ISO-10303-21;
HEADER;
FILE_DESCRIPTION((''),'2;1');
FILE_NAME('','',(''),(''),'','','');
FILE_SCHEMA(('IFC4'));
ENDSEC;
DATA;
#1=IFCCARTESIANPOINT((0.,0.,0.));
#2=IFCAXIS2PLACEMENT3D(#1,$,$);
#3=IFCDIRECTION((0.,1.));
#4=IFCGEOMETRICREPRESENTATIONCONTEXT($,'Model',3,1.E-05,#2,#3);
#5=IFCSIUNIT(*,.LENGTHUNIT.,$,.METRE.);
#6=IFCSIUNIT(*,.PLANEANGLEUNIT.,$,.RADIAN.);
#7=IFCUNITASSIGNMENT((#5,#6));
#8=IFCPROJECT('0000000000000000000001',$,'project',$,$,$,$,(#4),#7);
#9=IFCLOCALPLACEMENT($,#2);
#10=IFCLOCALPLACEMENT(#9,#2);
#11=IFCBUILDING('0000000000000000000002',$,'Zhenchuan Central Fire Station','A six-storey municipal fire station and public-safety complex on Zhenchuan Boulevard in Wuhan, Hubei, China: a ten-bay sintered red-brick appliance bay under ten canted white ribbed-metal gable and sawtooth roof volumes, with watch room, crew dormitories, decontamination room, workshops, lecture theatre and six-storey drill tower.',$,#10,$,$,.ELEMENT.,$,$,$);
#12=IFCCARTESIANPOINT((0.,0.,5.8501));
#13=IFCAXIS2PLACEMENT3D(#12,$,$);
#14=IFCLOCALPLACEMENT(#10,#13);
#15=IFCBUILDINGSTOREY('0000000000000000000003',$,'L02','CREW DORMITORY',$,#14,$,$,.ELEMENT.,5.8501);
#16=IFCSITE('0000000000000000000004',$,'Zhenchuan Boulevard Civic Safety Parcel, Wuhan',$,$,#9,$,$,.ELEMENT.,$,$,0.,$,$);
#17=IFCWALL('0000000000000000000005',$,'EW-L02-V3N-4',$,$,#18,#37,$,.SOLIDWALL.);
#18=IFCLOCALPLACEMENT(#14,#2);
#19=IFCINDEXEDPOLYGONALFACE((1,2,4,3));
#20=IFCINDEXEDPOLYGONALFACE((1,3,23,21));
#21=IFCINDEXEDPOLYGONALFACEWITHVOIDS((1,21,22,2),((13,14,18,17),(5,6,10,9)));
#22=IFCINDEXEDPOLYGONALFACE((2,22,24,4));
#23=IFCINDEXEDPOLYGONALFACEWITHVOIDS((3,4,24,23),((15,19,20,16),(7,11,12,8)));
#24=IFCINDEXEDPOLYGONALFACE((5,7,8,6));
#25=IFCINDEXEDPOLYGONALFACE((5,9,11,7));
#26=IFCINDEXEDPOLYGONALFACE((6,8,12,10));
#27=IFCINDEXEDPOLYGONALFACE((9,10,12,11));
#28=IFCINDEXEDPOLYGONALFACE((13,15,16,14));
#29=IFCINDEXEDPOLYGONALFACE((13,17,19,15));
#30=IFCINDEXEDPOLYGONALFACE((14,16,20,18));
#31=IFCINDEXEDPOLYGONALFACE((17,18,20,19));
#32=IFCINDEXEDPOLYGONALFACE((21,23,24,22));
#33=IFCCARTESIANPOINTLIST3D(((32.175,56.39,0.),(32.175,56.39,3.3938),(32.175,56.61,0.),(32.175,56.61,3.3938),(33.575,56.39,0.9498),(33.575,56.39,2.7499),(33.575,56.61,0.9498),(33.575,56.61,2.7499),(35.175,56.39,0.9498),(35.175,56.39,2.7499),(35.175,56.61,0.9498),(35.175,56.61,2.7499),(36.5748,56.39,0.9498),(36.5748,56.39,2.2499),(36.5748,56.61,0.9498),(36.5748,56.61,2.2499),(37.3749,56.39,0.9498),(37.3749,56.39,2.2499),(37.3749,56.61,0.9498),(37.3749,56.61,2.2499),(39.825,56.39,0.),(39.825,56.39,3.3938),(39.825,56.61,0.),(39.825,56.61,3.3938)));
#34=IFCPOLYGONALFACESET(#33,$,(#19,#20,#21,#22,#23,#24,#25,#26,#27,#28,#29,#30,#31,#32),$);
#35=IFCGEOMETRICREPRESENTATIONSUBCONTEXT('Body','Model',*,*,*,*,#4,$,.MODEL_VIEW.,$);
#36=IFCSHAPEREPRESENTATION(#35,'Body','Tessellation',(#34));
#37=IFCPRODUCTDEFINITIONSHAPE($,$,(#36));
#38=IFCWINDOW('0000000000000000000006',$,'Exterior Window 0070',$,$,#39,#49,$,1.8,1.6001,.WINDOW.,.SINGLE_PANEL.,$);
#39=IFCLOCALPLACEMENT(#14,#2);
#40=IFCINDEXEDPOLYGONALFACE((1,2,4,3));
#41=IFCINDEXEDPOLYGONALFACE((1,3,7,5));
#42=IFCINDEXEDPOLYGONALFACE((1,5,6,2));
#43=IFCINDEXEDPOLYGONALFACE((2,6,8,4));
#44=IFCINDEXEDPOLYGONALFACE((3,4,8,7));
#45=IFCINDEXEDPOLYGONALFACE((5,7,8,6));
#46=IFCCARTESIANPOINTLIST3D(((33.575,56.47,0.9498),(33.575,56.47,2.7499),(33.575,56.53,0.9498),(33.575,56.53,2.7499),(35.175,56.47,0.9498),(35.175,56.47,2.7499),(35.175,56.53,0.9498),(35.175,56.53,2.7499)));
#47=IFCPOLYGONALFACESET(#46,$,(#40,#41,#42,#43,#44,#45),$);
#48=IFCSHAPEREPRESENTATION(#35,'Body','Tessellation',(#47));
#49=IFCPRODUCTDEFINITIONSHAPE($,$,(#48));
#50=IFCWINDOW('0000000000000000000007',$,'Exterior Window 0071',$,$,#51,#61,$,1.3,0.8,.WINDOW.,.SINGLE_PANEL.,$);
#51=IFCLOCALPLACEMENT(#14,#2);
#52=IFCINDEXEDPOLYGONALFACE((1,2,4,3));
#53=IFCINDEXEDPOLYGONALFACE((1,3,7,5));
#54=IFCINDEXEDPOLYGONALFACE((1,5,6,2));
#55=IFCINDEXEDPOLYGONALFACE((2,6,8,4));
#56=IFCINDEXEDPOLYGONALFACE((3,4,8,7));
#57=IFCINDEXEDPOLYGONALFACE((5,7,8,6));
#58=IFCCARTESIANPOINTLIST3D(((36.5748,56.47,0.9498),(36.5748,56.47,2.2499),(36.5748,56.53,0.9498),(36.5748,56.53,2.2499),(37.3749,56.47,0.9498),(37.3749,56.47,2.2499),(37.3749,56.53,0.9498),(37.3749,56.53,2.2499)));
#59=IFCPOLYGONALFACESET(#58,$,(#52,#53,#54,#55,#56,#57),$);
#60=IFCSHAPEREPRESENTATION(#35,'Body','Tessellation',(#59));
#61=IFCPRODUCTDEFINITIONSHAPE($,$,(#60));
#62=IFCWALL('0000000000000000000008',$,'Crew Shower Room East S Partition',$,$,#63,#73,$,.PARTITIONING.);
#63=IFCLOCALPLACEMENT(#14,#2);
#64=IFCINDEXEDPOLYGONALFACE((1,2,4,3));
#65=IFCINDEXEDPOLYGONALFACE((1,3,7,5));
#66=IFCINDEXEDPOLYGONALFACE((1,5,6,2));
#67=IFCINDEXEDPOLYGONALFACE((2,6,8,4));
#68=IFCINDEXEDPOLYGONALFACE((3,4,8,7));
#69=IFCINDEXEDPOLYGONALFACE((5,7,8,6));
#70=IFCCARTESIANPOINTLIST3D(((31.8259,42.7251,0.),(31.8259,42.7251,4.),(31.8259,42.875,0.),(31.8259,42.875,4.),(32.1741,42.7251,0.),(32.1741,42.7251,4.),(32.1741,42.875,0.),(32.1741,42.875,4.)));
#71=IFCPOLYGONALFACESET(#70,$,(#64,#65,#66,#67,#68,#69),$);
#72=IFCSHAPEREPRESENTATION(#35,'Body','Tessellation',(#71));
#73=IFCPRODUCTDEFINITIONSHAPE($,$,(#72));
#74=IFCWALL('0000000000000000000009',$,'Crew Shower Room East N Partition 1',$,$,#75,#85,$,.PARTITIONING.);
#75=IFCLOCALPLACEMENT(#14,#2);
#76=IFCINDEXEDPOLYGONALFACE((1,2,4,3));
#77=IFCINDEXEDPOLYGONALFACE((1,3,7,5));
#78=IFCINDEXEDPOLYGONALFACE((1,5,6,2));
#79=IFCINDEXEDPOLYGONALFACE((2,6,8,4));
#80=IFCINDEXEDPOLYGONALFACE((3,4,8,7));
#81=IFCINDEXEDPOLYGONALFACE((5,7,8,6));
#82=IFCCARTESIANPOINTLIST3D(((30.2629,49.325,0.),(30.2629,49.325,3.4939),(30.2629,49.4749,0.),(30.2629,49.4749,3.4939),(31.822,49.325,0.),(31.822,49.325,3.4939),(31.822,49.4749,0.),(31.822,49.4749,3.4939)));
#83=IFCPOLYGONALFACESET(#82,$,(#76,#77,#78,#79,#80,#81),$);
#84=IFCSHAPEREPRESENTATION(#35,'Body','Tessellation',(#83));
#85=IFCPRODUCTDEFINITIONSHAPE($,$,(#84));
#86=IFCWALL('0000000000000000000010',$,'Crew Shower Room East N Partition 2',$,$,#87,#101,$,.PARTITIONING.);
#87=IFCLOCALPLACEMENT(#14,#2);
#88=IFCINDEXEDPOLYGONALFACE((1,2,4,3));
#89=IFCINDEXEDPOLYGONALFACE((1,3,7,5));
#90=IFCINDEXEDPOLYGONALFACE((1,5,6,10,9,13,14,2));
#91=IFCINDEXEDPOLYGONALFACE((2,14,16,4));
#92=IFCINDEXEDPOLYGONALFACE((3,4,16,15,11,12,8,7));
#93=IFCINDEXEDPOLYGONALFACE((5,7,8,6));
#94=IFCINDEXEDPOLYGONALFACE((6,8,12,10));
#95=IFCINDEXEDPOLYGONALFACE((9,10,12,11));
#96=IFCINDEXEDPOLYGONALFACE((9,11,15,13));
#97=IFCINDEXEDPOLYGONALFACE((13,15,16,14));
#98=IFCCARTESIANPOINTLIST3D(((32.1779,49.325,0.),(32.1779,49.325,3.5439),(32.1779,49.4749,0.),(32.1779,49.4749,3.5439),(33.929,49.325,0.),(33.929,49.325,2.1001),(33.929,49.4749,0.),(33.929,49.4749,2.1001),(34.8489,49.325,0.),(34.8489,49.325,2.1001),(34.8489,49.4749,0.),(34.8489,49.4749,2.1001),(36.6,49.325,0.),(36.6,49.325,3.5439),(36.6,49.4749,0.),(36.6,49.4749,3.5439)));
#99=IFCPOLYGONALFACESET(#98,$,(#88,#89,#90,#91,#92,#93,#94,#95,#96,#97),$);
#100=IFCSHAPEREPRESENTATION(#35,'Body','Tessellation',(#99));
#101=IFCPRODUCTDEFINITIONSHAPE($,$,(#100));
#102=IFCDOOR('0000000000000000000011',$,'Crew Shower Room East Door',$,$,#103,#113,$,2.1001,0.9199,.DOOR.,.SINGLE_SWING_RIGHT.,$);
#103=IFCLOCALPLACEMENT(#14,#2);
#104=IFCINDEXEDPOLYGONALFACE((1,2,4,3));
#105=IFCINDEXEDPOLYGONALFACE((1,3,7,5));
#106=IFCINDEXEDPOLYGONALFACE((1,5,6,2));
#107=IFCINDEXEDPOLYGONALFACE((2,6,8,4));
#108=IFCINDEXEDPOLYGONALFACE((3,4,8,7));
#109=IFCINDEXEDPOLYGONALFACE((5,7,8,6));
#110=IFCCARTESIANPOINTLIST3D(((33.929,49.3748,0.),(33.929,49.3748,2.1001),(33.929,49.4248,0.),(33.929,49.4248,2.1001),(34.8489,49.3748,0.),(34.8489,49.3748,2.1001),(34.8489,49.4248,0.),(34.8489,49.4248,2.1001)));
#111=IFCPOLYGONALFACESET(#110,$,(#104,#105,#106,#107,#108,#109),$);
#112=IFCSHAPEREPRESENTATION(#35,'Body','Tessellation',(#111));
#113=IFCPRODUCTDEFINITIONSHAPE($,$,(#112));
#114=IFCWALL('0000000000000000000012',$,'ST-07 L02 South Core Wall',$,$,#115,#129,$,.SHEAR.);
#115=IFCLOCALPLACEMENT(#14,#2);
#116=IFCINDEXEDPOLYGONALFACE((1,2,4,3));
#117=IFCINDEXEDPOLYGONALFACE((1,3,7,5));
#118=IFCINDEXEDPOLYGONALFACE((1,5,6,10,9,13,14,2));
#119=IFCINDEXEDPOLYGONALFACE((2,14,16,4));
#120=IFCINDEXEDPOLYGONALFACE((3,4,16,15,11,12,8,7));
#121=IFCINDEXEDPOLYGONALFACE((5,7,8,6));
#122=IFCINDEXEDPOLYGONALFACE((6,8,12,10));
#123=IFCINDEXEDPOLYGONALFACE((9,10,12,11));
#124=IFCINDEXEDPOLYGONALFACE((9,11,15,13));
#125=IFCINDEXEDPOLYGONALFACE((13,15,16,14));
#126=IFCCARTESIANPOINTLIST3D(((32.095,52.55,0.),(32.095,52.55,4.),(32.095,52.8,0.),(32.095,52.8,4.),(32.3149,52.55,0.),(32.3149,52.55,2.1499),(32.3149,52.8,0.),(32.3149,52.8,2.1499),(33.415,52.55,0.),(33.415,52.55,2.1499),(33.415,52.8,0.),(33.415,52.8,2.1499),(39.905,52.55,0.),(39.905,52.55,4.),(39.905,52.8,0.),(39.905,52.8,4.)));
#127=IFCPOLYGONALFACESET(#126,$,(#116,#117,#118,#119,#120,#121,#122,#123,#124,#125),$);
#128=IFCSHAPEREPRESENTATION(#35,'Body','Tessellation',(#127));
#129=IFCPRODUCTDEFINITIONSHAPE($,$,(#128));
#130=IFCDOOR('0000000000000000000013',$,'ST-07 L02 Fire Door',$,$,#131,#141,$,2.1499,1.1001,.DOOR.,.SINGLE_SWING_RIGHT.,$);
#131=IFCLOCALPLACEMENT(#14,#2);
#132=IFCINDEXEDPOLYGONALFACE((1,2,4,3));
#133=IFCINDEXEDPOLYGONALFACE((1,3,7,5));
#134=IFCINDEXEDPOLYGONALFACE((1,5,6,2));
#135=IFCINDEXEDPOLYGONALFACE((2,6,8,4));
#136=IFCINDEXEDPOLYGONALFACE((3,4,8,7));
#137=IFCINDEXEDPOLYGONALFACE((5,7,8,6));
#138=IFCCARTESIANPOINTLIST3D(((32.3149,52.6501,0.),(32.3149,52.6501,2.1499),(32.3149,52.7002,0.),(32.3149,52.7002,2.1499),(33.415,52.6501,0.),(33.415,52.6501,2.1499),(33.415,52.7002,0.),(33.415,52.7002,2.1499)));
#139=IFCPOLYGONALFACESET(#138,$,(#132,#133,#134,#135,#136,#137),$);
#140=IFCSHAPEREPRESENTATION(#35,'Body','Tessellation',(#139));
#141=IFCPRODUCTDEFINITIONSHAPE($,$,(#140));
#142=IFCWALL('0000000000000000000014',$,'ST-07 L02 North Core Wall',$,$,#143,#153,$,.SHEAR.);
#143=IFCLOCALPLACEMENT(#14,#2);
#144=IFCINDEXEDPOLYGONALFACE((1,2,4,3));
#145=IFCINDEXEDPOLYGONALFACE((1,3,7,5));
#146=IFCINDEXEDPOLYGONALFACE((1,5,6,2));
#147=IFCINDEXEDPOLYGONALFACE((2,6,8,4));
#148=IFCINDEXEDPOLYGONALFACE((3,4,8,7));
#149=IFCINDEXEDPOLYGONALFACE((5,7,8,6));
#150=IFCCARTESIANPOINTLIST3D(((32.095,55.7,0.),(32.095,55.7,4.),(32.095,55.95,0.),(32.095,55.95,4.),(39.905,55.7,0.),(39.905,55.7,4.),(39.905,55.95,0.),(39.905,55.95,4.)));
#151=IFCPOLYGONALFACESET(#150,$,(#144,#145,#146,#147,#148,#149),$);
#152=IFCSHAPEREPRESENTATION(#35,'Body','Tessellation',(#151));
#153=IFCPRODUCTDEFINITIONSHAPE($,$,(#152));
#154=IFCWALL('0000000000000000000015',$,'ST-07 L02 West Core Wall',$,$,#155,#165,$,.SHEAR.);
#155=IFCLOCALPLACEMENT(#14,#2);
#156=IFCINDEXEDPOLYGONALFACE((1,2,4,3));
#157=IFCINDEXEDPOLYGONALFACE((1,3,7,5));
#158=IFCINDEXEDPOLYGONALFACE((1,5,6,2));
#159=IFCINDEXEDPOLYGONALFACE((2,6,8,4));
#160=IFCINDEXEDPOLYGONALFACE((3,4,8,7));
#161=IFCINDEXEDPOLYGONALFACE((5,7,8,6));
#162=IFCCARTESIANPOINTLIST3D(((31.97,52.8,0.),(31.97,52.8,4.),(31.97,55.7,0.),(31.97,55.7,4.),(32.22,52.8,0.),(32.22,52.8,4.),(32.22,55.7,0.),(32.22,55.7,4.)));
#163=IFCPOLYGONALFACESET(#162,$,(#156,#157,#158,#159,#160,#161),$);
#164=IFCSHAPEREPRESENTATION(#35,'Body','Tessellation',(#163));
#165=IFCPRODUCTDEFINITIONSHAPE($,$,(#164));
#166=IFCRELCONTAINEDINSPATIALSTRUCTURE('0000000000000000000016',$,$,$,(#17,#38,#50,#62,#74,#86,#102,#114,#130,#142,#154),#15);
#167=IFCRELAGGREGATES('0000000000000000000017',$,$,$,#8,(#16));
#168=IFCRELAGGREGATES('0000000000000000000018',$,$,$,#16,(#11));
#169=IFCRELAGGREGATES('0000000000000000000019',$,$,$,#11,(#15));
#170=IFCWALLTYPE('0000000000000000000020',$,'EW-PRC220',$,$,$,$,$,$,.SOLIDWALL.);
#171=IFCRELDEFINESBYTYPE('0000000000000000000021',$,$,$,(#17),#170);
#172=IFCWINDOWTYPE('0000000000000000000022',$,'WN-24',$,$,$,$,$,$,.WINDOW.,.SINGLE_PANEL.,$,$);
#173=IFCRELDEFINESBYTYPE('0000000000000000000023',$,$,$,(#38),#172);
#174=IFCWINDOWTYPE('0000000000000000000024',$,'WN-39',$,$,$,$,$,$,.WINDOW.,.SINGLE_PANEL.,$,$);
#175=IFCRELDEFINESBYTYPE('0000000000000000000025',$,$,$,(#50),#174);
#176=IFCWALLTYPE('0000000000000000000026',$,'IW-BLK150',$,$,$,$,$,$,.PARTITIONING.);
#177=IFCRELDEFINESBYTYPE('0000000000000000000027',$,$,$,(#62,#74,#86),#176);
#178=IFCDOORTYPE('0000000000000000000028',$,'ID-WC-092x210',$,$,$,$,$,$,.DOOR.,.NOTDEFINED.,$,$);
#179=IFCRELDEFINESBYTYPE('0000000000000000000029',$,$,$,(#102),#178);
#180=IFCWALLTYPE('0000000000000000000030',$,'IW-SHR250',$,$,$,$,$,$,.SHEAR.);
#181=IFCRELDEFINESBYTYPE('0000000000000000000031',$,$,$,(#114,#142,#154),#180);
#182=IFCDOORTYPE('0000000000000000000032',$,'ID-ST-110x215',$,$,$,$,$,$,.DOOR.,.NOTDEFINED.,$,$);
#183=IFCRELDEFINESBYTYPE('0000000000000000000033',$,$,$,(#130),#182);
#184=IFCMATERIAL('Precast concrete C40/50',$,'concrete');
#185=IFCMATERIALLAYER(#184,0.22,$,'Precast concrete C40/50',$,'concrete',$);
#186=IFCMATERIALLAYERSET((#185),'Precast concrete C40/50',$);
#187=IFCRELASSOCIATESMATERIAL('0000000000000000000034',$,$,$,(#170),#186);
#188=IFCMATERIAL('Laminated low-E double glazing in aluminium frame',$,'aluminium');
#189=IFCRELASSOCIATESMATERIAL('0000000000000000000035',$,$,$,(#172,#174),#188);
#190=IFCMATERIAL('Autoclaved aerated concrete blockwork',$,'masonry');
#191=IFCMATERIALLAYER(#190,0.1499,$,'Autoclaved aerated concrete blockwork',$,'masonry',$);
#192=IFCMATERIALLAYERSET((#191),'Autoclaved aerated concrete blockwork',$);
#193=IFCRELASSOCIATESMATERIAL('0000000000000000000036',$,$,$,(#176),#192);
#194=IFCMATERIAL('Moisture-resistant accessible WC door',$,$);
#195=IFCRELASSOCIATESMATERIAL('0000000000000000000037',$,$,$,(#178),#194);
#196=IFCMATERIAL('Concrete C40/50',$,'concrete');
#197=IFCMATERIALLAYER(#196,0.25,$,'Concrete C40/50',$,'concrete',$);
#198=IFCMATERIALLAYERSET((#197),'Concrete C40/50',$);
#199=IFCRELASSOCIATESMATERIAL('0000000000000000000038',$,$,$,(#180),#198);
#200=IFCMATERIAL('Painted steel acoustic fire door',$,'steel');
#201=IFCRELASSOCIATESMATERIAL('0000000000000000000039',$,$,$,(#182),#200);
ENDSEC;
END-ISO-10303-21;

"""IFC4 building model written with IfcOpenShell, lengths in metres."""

from ifc_helpers import new_model, si_unit, direction, frame, frame_2d, origin, place, context, subcontext, project, spatial, rectangle, extrude, material, layer, layer_set, type_object, element, fill, save


model = new_model("IFC4")

# Units and contexts
model_context = context("Model", 3, precision=1e-05, world=origin(), true_north=direction((0.0, 1.0)))
body_context = subcontext(model_context, "Body", "Model", "MODEL_VIEW")
ifc_project = project(units=[si_unit("LENGTHUNIT", "METRE"), si_unit("PLANEANGLEUNIT", "RADIAN")], contexts=[model_context])

# Site, building, storey
site_placement = place(None, origin())
site = spatial("IfcSite", under=ifc_project, at=site_placement, Name="Zhenchuan Boulevard Civic Safety Parcel, Wuhan", CompositionType="ELEMENT", RefElevation=0.0)
building_placement = place(site_placement, origin())
building = spatial("IfcBuilding", under=site, at=building_placement, Name="Zhenchuan Central Fire Station", Description="A six-storey municipal fire station and public-safety complex on Zhenchuan Boulevard in Wuhan, Hubei, China: a ten-bay sintered red-brick appliance bay under ten canted white ribbed-metal gable and sawtooth roof volumes, with watch room, crew dormitories, decontamination room, workshops, lecture theatre and six-storey drill tower.", CompositionType="ELEMENT")
storey_placement = place(building_placement, frame((0.0, 0.0, 5.8501)))
storey = spatial("IfcBuildingStorey", under=building, at=storey_placement, Name="L02", Description="CREW DORMITORY", CompositionType="ELEMENT", Elevation=5.8501)

# Wall, openings, windows
ifc_material_1 = material(Name="Precast concrete C40/50", Category="concrete")
ifc_layer_1 = layer(ifc_material_1, 0.22, Name="Precast concrete C40/50", Category="concrete")
ifc_layer_set_1 = layer_set([ifc_layer_1], Name="Precast concrete C40/50")
wall_type_1 = type_object("IfcWallType", Name="EW-PRC220", PredefinedType="SOLIDWALL", material=ifc_layer_set_1)
wall_1_placement = place(storey_placement, frame((32.175, 56.5, 0.0), z_axis=(0.0, 0.0, 1.0), x_axis=(1.0, 0.0, 0.0)))
wall_1 = element("IfcWall", 1, at=wall_1_placement, inside=storey, type_object=wall_type_1, Name="EW-L02-V3N-4", PredefinedType="SOLIDWALL", context=body_context, shape_type="SweptSolid", body=[
    extrude(rectangle(XDim=7.6499, YDim=0.22, at=frame_2d((3.825, 0.0))), origin(), (0.0, 0.0, 1.0), 3.3938),
])
opening_1_placement = place(wall_1_placement, frame((1.3999, 0.0, 0.95)))
opening_1 = element("IfcOpeningElement", 2, at=opening_1_placement, cuts=wall_1, PredefinedType="OPENING", context=body_context, shape_type="SweptSolid", body=[
    extrude(rectangle(XDim=1.6001, YDim=1.8, at=frame_2d((0.8, 0.8999))), frame((0.0, 0.1199, 0.0), z_axis=(0.0, -1.0, 0.0), x_axis=(1.0, 0.0, 0.0)), (0.0, 0.0, 1.0), 0.24),
])
opening_2_placement = place(wall_1_placement, frame((4.3999, 0.0, 0.95)))
opening_2 = element("IfcOpeningElement", 3, at=opening_2_placement, cuts=wall_1, PredefinedType="OPENING", context=body_context, shape_type="SweptSolid", body=[
    extrude(rectangle(XDim=0.8, YDim=1.3, at=frame_2d((0.3999, 0.6499))), frame((0.0, 0.1199, 0.0), z_axis=(0.0, -1.0, 0.0), x_axis=(1.0, 0.0, 0.0)), (0.0, 0.0, 1.0), 0.24),
])
ifc_material_2 = material(Name="Laminated low-E double glazing in aluminium frame", Category="aluminium")
window_type_1 = type_object("IfcWindowType", Name="WN-24", PartitioningType="SINGLE_PANEL", PredefinedType="WINDOW", material=ifc_material_2)
window_1_placement = place(opening_1_placement, origin())
window_1 = element("IfcWindow", 4, at=window_1_placement, inside=storey, type_object=window_type_1, Name="Exterior Window 0070", OverallHeight=1.8, OverallWidth=1.6001, PartitioningType="SINGLE_PANEL", PredefinedType="WINDOW", context=body_context, shape_type="SweptSolid", body=[
    extrude(rectangle(XDim=1.6001, YDim=1.8, at=frame_2d((0.8, 0.8999))), frame((0.0, 0.03, 0.0), z_axis=(0.0, -1.0, 0.0), x_axis=(1.0, 0.0, 0.0)), (0.0, 0.0, 1.0), 0.0601),
])
fill(opening_1, window_1)
window_type_2 = type_object("IfcWindowType", Name="WN-39", PartitioningType="SINGLE_PANEL", PredefinedType="WINDOW", material=ifc_material_2)
window_2_placement = place(opening_2_placement, origin())
window_2 = element("IfcWindow", 5, at=window_2_placement, inside=storey, type_object=window_type_2, Name="Exterior Window 0071", OverallHeight=1.3, OverallWidth=0.8, PartitioningType="SINGLE_PANEL", PredefinedType="WINDOW", context=body_context, shape_type="SweptSolid", body=[
    extrude(rectangle(XDim=0.8, YDim=1.3, at=frame_2d((0.3999, 0.6499))), frame((0.0, 0.03, 0.0), z_axis=(0.0, -1.0, 0.0), x_axis=(1.0, 0.0, 0.0)), (0.0, 0.0, 1.0), 0.0601),
])
fill(opening_2, window_2)

# Walls
ifc_material_3 = material(Name="Autoclaved aerated concrete blockwork", Category="masonry")
ifc_layer_2 = layer(ifc_material_3, 0.1499, Name="Autoclaved aerated concrete blockwork", Category="masonry")
ifc_layer_set_2 = layer_set([ifc_layer_2], Name="Autoclaved aerated concrete blockwork")
wall_type_2 = type_object("IfcWallType", Name="IW-BLK150", PredefinedType="PARTITIONING", material=ifc_layer_set_2)
wall_2_placement = place(storey_placement, frame((31.8259, 42.8, 0.0), z_axis=(0.0, 0.0, 1.0), x_axis=(1.0, 0.0, 0.0)))
element("IfcWall", 6, at=wall_2_placement, inside=storey, type_object=wall_type_2, Name="Crew Shower Room East S Partition", PredefinedType="PARTITIONING", context=body_context, shape_type="SweptSolid", body=[
    extrude(rectangle(XDim=0.3481, YDim=0.1499, at=frame_2d((0.1741, 0.0))), origin(), (0.0, 0.0, 1.0), 4.0),
])
wall_3_placement = place(storey_placement, frame((30.2629, 49.3999, 0.0), z_axis=(0.0, 0.0, 1.0), x_axis=(1.0, 0.0, 0.0)))
element("IfcWall", 7, at=wall_3_placement, inside=storey, type_object=wall_type_2, Name="Crew Shower Room East N Partition 1", PredefinedType="PARTITIONING", context=body_context, shape_type="SweptSolid", body=[
    extrude(rectangle(XDim=1.5591, YDim=0.1499, at=frame_2d((0.7795, 0.0))), origin(), (0.0, 0.0, 1.0), 3.4939),
])

# Walls, openings, doors
wall_4_placement = place(storey_placement, frame((32.178, 49.3999, 0.0), z_axis=(0.0, 0.0, 1.0), x_axis=(1.0, 0.0, 0.0)))
wall_4 = element("IfcWall", 8, at=wall_4_placement, inside=storey, type_object=wall_type_2, Name="Crew Shower Room East N Partition 2", PredefinedType="PARTITIONING", context=body_context, shape_type="SweptSolid", body=[
    extrude(rectangle(XDim=4.4221, YDim=0.1499, at=frame_2d((2.2109, 0.0))), origin(), (0.0, 0.0, 1.0), 3.5439),
])
opening_3_placement = place(wall_4_placement, frame((1.751, 0.0, 0.0)))
opening_3 = element("IfcOpeningElement", 9, at=opening_3_placement, cuts=wall_4, PredefinedType="OPENING", context=body_context, shape_type="SweptSolid", body=[
    extrude(rectangle(XDim=0.9199, YDim=2.1001, at=frame_2d((0.46, 1.05))), frame((0.0, 0.085, 0.0), z_axis=(0.0, -1.0, 0.0), x_axis=(1.0, 0.0, 0.0)), (0.0, 0.0, 1.0), 0.1699),
])
ifc_material_4 = material(Name="Moisture-resistant accessible WC door")
door_type_1 = type_object("IfcDoorType", Name="ID-WC-092x210", OperationType="NOTDEFINED", PredefinedType="DOOR", material=ifc_material_4)
door_1_placement = place(opening_3_placement, origin())
door_1 = element("IfcDoor", 10, at=door_1_placement, inside=storey, type_object=door_type_1, Name="Crew Shower Room East Door", OperationType="SINGLE_SWING_RIGHT", OverallHeight=2.1001, OverallWidth=0.9199, PredefinedType="DOOR", context=body_context, shape_type="SweptSolid", body=[
    extrude(rectangle(XDim=0.9199, YDim=2.1001, at=frame_2d((0.46, 1.05))), frame((0.0, 0.0249, 0.0), z_axis=(0.0, -1.0, 0.0), x_axis=(1.0, 0.0, 0.0)), (0.0, 0.0, 1.0), 0.05),
])
fill(opening_3, door_1)
ifc_material_5 = material(Name="Concrete C40/50", Category="concrete")
ifc_layer_3 = layer(ifc_material_5, 0.25, Name="Concrete C40/50", Category="concrete")
ifc_layer_set_3 = layer_set([ifc_layer_3], Name="Concrete C40/50")
wall_type_3 = type_object("IfcWallType", Name="IW-SHR250", PredefinedType="SHEAR", material=ifc_layer_set_3)
wall_5_placement = place(storey_placement, frame((32.095, 52.675, 0.0), z_axis=(0.0, 0.0, 1.0), x_axis=(1.0, 0.0, 0.0)))
wall_5 = element("IfcWall", 11, at=wall_5_placement, inside=storey, type_object=wall_type_3, Name="ST-07 L02 South Core Wall", PredefinedType="SHEAR", context=body_context, shape_type="SweptSolid", body=[
    extrude(rectangle(XDim=7.8101, YDim=0.25, at=frame_2d((3.905, 0.0))), origin(), (0.0, 0.0, 1.0), 4.0),
])
opening_4_placement = place(wall_5_placement, frame((0.22, 0.0, 0.0)))
opening_4 = element("IfcOpeningElement", 12, at=opening_4_placement, cuts=wall_5, PredefinedType="OPENING", context=body_context, shape_type="SweptSolid", body=[
    extrude(rectangle(XDim=1.1001, YDim=2.1499, at=frame_2d((0.55, 1.075))), frame((0.0, 0.135, 0.0), z_axis=(0.0, -1.0, 0.0), x_axis=(1.0, 0.0, 0.0)), (0.0, 0.0, 1.0), 0.27),
])
ifc_material_6 = material(Name="Painted steel acoustic fire door", Category="steel")
door_type_2 = type_object("IfcDoorType", Name="ID-ST-110x215", OperationType="NOTDEFINED", PredefinedType="DOOR", material=ifc_material_6)
door_2_placement = place(opening_4_placement, frame((1.1001, 0.0, 0.0), z_axis=(0.0, 0.0, 1.0), x_axis=(-1.0, 0.0, 0.0)))
door_2 = element("IfcDoor", 13, at=door_2_placement, inside=storey, type_object=door_type_2, Name="ST-07 L02 Fire Door", OperationType="SINGLE_SWING_RIGHT", OverallHeight=2.1499, OverallWidth=1.1001, PredefinedType="DOOR", context=body_context, shape_type="SweptSolid", body=[
    extrude(rectangle(XDim=1.1001, YDim=2.1499, at=frame_2d((0.55, 1.075))), frame((0.0, 0.0249, 0.0), z_axis=(0.0, -1.0, 0.0), x_axis=(1.0, 0.0, 0.0)), (0.0, 0.0, 1.0), 0.05),
])
fill(opening_4, door_2)

# Walls
wall_6_placement = place(storey_placement, frame((32.095, 55.825, 0.0), z_axis=(0.0, 0.0, 1.0), x_axis=(1.0, 0.0, 0.0)))
element("IfcWall", 14, at=wall_6_placement, inside=storey, type_object=wall_type_3, Name="ST-07 L02 North Core Wall", PredefinedType="SHEAR", context=body_context, shape_type="SweptSolid", body=[
    extrude(rectangle(XDim=7.8101, YDim=0.25, at=frame_2d((3.905, 0.0))), origin(), (0.0, 0.0, 1.0), 4.0),
])
wall_7_placement = place(storey_placement, frame((32.095, 52.8, 0.0), z_axis=(0.0, 0.0, 1.0), x_axis=(0.0, 1.0, 0.0)))
element("IfcWall", 15, at=wall_7_placement, inside=storey, type_object=wall_type_3, Name="ST-07 L02 West Core Wall", PredefinedType="SHEAR", context=body_context, shape_type="SweptSolid", body=[
    extrude(rectangle(XDim=2.8999, YDim=0.25, at=frame_2d((1.45, 0.0))), origin(), (0.0, 0.0, 1.0), 4.0),
])

save(model, "model.ifc")
